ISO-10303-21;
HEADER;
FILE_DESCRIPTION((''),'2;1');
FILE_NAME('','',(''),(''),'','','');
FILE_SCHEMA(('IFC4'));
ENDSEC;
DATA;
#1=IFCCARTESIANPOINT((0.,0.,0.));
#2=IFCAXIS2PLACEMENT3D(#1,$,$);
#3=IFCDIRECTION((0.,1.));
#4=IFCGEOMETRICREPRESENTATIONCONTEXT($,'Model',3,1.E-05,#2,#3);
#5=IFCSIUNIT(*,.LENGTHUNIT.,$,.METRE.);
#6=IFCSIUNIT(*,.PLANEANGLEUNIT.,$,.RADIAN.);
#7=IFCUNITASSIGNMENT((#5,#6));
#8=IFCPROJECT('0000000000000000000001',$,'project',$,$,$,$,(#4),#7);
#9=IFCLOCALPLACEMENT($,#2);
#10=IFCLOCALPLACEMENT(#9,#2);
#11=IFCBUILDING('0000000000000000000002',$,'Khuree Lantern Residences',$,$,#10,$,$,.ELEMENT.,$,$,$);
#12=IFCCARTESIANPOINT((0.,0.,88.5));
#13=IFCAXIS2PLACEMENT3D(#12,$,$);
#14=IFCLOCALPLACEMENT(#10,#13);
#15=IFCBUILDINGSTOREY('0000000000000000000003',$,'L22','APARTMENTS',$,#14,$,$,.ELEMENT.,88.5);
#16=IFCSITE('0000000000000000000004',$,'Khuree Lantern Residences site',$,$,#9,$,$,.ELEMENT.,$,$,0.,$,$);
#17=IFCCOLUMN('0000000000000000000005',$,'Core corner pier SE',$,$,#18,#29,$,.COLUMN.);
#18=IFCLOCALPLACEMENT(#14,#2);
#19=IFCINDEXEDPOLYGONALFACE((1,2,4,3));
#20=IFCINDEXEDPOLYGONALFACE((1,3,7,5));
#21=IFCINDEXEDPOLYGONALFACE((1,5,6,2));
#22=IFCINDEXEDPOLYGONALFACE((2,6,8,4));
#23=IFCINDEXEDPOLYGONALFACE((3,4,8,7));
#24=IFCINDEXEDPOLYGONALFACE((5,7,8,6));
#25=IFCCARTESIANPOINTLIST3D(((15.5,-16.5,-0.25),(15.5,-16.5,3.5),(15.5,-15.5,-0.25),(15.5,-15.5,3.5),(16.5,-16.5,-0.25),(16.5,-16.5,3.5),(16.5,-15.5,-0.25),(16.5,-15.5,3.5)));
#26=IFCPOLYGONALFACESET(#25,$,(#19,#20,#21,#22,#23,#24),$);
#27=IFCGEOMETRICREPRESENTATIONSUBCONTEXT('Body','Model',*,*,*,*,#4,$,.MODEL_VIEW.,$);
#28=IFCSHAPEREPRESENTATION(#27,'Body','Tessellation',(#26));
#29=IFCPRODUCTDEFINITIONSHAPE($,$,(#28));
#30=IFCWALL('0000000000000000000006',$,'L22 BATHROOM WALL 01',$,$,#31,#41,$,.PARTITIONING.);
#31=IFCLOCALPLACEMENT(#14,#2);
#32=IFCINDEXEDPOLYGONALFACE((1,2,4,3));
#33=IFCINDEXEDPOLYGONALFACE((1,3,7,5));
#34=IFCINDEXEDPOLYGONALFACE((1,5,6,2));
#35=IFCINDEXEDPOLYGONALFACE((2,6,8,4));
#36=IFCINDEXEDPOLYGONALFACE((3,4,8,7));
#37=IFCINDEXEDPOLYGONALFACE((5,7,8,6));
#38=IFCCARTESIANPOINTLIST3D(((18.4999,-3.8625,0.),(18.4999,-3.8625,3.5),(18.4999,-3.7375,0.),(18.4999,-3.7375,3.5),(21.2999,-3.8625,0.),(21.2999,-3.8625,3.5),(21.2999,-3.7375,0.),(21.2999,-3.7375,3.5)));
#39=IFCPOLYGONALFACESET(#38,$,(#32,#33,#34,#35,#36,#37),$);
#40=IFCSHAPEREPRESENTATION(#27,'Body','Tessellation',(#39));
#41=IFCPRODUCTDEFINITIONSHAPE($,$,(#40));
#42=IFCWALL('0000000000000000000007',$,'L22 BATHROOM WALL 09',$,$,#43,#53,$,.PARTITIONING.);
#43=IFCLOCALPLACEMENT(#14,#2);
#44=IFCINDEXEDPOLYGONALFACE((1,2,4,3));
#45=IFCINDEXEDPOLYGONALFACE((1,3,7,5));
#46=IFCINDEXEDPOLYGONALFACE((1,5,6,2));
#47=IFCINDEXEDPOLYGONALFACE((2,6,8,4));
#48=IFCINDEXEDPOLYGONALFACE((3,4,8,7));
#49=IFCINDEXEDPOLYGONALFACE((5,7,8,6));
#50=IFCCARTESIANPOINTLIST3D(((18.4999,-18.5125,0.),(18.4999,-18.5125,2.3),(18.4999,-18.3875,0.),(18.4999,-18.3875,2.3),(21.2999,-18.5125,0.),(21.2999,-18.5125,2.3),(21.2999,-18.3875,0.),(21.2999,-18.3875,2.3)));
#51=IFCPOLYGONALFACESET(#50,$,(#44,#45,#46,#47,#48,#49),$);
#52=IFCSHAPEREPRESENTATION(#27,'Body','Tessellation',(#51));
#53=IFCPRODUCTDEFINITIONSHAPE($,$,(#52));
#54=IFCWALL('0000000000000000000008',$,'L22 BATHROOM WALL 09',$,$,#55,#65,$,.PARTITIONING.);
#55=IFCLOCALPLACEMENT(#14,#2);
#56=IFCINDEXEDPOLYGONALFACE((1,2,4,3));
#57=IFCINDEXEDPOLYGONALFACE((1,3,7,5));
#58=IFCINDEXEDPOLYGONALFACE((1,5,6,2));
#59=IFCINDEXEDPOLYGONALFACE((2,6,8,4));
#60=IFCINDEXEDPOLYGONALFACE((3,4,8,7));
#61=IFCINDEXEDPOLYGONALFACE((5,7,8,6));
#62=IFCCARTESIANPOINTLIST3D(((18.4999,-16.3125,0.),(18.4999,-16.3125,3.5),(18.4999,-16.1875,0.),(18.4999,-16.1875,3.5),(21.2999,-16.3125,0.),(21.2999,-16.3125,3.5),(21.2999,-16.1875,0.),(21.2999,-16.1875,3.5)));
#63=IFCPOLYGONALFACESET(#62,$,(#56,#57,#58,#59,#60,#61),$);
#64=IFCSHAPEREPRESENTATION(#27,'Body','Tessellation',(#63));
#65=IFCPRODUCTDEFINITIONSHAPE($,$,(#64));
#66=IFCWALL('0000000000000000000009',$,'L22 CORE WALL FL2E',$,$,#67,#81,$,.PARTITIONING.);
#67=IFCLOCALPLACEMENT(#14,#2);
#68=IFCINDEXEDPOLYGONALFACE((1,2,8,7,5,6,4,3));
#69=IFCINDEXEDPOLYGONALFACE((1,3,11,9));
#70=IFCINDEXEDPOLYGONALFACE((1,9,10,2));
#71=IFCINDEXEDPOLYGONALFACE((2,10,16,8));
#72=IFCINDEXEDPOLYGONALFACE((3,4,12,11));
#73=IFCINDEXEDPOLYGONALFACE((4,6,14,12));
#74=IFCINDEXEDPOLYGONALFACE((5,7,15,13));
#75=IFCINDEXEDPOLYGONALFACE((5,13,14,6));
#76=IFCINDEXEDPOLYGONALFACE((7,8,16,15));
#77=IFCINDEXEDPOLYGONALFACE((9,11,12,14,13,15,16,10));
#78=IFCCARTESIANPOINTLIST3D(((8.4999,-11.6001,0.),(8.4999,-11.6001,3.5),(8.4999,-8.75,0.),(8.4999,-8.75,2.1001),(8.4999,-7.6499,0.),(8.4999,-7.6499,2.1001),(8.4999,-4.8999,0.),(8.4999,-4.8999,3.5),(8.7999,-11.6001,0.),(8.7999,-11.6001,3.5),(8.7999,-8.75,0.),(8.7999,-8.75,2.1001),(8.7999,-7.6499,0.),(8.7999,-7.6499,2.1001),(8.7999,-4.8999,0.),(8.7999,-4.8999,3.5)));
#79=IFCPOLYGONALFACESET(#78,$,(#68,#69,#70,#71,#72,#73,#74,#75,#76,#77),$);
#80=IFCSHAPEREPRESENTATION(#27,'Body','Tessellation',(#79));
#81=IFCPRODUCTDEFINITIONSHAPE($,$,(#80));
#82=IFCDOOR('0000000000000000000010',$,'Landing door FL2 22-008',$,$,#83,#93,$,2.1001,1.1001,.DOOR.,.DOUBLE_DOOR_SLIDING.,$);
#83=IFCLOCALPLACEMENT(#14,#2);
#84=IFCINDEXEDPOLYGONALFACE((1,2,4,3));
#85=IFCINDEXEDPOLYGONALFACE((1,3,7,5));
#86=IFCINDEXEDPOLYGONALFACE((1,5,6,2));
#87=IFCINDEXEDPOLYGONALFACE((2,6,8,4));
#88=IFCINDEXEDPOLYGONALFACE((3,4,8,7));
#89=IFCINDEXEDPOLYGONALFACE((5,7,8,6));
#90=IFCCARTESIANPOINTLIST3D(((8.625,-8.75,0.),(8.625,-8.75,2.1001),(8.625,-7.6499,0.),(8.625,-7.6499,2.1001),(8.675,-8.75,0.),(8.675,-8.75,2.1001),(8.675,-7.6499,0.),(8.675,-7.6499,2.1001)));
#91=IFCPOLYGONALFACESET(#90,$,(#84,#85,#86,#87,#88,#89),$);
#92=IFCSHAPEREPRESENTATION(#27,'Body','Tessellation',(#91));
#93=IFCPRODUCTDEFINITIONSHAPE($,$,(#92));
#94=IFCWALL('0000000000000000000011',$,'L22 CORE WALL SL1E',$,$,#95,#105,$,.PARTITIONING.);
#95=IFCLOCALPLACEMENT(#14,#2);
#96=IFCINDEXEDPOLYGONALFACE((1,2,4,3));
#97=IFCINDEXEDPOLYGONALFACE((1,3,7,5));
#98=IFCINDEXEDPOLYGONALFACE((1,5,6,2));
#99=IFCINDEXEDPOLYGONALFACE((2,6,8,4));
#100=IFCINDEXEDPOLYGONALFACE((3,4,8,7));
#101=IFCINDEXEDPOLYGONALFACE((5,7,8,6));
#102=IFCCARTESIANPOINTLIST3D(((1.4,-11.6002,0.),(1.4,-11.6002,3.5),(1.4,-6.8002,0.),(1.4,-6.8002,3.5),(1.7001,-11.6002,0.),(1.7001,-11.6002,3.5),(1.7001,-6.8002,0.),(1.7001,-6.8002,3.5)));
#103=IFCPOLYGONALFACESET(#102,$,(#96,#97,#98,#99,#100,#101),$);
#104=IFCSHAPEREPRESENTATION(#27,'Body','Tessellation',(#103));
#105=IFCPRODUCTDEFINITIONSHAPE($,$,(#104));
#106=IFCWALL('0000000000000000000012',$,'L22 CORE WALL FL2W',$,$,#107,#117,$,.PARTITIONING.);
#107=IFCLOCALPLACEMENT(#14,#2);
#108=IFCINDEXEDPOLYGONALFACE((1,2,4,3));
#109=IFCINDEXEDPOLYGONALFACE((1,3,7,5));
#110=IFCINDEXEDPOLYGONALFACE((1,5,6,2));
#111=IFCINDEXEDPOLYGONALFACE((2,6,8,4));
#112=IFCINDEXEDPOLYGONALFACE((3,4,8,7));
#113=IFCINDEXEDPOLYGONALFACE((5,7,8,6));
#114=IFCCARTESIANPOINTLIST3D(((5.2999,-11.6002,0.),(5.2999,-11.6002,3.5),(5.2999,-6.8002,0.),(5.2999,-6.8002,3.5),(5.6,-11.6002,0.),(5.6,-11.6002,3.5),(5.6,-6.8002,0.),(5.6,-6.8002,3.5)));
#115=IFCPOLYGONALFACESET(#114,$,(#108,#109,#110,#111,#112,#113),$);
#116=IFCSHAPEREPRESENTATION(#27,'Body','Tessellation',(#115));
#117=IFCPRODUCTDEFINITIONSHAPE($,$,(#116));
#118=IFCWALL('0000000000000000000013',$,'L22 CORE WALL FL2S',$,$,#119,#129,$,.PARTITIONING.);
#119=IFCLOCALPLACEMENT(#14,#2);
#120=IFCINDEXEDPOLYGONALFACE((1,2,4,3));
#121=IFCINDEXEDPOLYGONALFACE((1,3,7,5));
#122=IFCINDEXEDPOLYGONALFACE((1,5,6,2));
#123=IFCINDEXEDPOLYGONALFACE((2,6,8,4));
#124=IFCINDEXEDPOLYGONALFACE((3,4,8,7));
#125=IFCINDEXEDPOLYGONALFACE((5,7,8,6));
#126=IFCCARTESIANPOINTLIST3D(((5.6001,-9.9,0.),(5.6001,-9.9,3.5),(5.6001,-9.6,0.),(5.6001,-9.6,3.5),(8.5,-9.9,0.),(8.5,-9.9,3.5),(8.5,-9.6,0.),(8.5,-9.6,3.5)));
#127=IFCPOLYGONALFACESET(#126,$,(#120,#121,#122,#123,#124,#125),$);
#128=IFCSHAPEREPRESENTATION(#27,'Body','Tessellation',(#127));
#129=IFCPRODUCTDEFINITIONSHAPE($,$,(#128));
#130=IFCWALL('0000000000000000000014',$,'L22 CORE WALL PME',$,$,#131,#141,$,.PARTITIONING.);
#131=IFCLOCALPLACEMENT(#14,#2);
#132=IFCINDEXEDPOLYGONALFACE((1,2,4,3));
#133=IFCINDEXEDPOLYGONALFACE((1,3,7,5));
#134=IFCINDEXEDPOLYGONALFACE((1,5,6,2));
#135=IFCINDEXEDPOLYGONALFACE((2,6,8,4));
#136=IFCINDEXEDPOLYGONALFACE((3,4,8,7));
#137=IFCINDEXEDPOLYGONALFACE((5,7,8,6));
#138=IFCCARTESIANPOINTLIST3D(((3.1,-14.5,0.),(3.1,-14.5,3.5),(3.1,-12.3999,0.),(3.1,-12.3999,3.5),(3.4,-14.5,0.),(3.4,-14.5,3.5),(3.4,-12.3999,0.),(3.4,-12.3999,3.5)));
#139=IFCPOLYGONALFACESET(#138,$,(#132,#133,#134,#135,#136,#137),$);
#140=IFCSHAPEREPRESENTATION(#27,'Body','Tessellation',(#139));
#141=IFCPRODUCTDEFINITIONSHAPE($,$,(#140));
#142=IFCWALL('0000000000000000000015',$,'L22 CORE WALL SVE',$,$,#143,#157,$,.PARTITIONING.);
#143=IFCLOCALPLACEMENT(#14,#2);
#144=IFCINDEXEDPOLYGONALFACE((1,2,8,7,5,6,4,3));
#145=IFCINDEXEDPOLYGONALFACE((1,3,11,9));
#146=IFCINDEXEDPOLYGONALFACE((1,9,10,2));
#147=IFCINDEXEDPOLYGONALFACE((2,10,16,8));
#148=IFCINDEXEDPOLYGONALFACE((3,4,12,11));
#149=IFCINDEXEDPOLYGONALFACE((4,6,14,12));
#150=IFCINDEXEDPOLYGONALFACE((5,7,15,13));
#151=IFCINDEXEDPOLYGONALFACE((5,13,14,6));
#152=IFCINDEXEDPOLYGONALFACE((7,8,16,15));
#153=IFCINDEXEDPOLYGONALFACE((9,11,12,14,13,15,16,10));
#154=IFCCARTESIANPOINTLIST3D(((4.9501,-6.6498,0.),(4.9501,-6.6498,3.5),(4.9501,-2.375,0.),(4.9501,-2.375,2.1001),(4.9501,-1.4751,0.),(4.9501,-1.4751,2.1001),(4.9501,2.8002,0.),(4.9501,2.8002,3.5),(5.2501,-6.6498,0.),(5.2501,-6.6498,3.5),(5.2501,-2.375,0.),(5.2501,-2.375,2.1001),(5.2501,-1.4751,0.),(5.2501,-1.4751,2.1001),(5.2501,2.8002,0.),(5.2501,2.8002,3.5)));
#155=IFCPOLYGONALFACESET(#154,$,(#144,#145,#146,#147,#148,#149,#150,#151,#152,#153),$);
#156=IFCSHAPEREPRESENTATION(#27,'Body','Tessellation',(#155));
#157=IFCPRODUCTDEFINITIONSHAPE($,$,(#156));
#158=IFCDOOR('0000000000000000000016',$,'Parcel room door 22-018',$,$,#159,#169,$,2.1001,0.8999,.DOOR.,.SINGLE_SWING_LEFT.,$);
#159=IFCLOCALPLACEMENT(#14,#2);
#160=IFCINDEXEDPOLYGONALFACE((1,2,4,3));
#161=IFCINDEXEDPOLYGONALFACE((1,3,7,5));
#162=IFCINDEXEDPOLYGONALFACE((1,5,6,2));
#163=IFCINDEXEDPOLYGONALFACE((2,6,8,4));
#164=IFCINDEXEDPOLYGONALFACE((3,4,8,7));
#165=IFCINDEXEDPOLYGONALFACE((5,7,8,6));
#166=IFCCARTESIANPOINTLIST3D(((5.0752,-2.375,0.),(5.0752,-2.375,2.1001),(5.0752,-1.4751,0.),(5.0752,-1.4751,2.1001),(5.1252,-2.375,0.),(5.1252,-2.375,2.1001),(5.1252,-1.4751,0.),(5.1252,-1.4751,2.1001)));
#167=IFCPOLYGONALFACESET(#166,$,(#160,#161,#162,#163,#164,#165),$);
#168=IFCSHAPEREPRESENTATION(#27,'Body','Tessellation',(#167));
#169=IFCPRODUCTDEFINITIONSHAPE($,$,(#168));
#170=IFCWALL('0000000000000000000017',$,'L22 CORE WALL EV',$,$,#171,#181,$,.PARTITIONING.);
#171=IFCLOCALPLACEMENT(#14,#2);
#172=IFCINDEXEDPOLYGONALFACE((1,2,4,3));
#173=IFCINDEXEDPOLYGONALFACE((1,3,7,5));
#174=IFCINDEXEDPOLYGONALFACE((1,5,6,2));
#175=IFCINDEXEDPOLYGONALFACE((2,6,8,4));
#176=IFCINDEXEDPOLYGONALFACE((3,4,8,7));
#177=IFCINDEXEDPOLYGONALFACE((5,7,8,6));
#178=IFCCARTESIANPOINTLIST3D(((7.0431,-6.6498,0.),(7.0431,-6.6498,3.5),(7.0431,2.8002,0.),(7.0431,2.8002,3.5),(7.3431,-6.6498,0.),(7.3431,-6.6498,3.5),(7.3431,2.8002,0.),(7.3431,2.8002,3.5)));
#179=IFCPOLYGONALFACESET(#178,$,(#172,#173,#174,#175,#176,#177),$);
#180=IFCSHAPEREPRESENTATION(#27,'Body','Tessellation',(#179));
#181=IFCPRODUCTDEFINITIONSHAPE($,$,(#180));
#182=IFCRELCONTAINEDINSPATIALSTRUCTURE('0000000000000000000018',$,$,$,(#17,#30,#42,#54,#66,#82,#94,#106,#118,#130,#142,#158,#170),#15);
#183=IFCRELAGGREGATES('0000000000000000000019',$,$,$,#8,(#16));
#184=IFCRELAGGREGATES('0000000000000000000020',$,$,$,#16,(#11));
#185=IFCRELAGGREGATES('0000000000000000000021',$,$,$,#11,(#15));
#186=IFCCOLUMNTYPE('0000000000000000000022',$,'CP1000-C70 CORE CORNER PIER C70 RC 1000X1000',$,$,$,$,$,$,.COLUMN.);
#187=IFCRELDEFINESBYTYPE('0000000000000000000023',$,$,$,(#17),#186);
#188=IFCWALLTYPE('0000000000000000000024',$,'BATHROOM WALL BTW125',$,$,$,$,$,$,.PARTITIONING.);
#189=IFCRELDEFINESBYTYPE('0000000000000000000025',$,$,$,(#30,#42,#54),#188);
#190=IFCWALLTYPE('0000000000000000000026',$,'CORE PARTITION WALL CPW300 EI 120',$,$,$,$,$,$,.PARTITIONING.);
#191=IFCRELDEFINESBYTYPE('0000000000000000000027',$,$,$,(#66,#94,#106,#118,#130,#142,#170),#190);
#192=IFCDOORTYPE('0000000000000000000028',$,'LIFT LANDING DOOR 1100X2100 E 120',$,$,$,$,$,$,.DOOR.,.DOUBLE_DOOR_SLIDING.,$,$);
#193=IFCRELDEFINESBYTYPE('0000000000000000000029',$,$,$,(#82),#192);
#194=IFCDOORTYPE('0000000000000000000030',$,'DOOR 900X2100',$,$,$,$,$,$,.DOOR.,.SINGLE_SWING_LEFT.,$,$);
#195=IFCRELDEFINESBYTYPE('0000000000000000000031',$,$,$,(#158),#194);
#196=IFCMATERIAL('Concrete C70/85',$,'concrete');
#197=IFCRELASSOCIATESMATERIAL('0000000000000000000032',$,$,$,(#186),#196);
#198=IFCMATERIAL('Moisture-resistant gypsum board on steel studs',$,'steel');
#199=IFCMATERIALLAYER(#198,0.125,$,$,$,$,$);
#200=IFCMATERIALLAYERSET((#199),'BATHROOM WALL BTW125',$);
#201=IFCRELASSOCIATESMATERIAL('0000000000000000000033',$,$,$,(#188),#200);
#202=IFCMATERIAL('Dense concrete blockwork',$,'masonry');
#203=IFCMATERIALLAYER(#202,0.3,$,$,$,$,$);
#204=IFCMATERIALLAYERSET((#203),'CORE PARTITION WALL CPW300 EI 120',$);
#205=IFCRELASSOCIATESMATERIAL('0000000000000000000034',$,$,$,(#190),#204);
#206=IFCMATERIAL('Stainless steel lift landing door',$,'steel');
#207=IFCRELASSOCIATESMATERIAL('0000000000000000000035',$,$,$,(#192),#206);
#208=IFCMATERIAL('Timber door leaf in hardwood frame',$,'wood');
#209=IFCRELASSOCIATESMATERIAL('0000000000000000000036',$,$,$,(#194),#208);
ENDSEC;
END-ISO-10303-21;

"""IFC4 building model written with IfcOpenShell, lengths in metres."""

from ifc_helpers import new_model, si_unit, direction, frame, frame_2d, origin, origin_2d, place, context, subcontext, project, spatial, rectangle, extrude, material, layer, layer_set, material_profile, profile_set, type_object, element, fill, save


model = new_model("IFC4")

# Units and contexts
model_context = context("Model", 3, precision=1e-05, world=origin(), true_north=direction((0.0, 1.0)))
body_context = subcontext(model_context, "Body", "Model", "MODEL_VIEW")
ifc_project = project(units=[si_unit("LENGTHUNIT", "METRE"), si_unit("PLANEANGLEUNIT", "RADIAN")], contexts=[model_context])

# Site, building, storey
site_placement = place(None, origin())
site = spatial("IfcSite", under=ifc_project, at=site_placement, Name="Khuree Lantern Residences site", CompositionType="ELEMENT", RefElevation=0.0)
building_placement = place(site_placement, origin())
building = spatial("IfcBuilding", under=site, at=building_placement, Name="Khuree Lantern Residences", CompositionType="ELEMENT")
storey_placement = place(building_placement, frame((0.0, 0.0, 88.5)))
storey = spatial("IfcBuildingStorey", under=building, at=storey_placement, Name="L22", Description="APARTMENTS", CompositionType="ELEMENT", Elevation=88.5)

# Column
ifc_material_1 = material(Name="Concrete C70/85", Category="concrete")
ifc_material_profile = material_profile(ifc_material_1, rectangle(XDim=1.0, YDim=1.0, at=origin_2d()), Name="RC 1000X1000")
ifc_profile_set = profile_set([ifc_material_profile], Name="Concrete C70/85")
column_type = type_object("IfcColumnType", Name="CP1000-C70 CORE CORNER PIER C70 RC 1000X1000", PredefinedType="COLUMN", material=ifc_profile_set)
column_placement = place(storey_placement, frame((16.0, -16.0, -0.25), z_axis=(0.0, 0.0, 1.0), x_axis=(1.0, 0.0, 0.0)))
element("IfcColumn", 1, at=column_placement, inside=storey, type_object=column_type, Name="Core corner pier SE", PredefinedType="COLUMN", context=body_context, shape_type="SweptSolid", body=[
    extrude(rectangle(XDim=1.0, YDim=1.0, at=origin_2d()), origin(), (0.0, 0.0, 1.0), 3.75),
])

# Walls
ifc_material_2 = material(Name="Moisture-resistant gypsum board on steel studs", Category="steel")
ifc_layer_1 = layer(ifc_material_2, 0.125)
ifc_layer_set_1 = layer_set([ifc_layer_1], Name="BATHROOM WALL BTW125")
wall_type_1 = type_object("IfcWallType", Name="BATHROOM WALL BTW125", PredefinedType="PARTITIONING", material=ifc_layer_set_1)
wall_1_placement = place(storey_placement, frame((18.5, -3.8, 0.0), z_axis=(0.0, 0.0, 1.0), x_axis=(1.0, 0.0, 0.0)))
element("IfcWall", 2, at=wall_1_placement, inside=storey, type_object=wall_type_1, Name="L22 BATHROOM WALL 01", PredefinedType="PARTITIONING", context=body_context, shape_type="SweptSolid", body=[
    extrude(rectangle(XDim=2.8, YDim=0.125, at=frame_2d((1.3999, 0.0))), origin(), (0.0, 0.0, 1.0), 3.5),
])
wall_2_placement = place(storey_placement, frame((18.5, -18.45, 0.0), z_axis=(0.0, 0.0, 1.0), x_axis=(1.0, 0.0, 0.0)))
element("IfcWall", 3, at=wall_2_placement, inside=storey, type_object=wall_type_1, Name="L22 BATHROOM WALL 09", PredefinedType="PARTITIONING", context=body_context, shape_type="SweptSolid", body=[
    extrude(rectangle(XDim=2.8, YDim=0.125, at=frame_2d((1.3999, 0.0))), origin(), (0.0, 0.0, 1.0), 2.3),
])
wall_3_placement = place(storey_placement, frame((18.5, -16.25, 0.0), z_axis=(0.0, 0.0, 1.0), x_axis=(1.0, 0.0, 0.0)))
element("IfcWall", 4, at=wall_3_placement, inside=storey, type_object=wall_type_1, Name="L22 BATHROOM WALL 09", PredefinedType="PARTITIONING", context=body_context, shape_type="SweptSolid", body=[
    extrude(rectangle(XDim=2.8, YDim=0.125, at=frame_2d((1.3999, 0.0))), origin(), (0.0, 0.0, 1.0), 3.5),
])

# Wall, opening, door
ifc_material_3 = material(Name="Dense concrete blockwork", Category="masonry")
ifc_layer_2 = layer(ifc_material_3, 0.3)
ifc_layer_set_2 = layer_set([ifc_layer_2], Name="CORE PARTITION WALL CPW300 EI 120")
wall_type_2 = type_object("IfcWallType", Name="CORE PARTITION WALL CPW300 EI 120", PredefinedType="PARTITIONING", material=ifc_layer_set_2)
wall_4_placement = place(storey_placement, frame((8.6499, -11.6001, 0.0), z_axis=(0.0, 0.0, 1.0), x_axis=(0.0, 1.0, 0.0)))
wall_4 = element("IfcWall", 5, at=wall_4_placement, inside=storey, type_object=wall_type_2, Name="L22 CORE WALL FL2E", PredefinedType="PARTITIONING", context=body_context, shape_type="SweptSolid", body=[
    extrude(rectangle(XDim=6.7002, YDim=0.3, at=frame_2d((3.3501, 0.0))), origin(), (0.0, 0.0, 1.0), 3.5),
])
opening_1_placement = place(wall_4_placement, frame((2.8501, 0.0, 0.0)))
opening_1 = element("IfcOpeningElement", 6, at=opening_1_placement, cuts=wall_4, PredefinedType="OPENING", context=body_context, shape_type="SweptSolid", body=[
    extrude(rectangle(XDim=1.1001, YDim=2.1001, at=frame_2d((0.55, 1.05))), frame((0.0, 0.1602, 0.0), z_axis=(0.0, -1.0, 0.0), x_axis=(1.0, 0.0, 0.0)), (0.0, 0.0, 1.0), 0.3201),
])
ifc_material_4 = material(Name="Stainless steel lift landing door", Category="steel")
door_type_1 = type_object("IfcDoorType", Name="LIFT LANDING DOOR 1100X2100 E 120", OperationType="DOUBLE_DOOR_SLIDING", PredefinedType="DOOR", material=ifc_material_4)
door_1_placement = place(opening_1_placement, origin())
door_1 = element("IfcDoor", 7, at=door_1_placement, inside=storey, type_object=door_type_1, Name="Landing door FL2 22-008", OperationType="DOUBLE_DOOR_SLIDING", OverallHeight=2.1001, OverallWidth=1.1001, PredefinedType="DOOR", context=body_context, shape_type="SweptSolid", body=[
    extrude(rectangle(XDim=1.1001, YDim=2.1001, at=frame_2d((0.55, 1.05))), frame((0.0, 0.0249, 0.0), z_axis=(0.0, -1.0, 0.0), x_axis=(1.0, 0.0, 0.0)), (0.0, 0.0, 1.0), 0.05),
])
fill(opening_1, door_1)

# Walls
for number, where, z_axis, x_axis, name in (
    (8, (1.55, -11.6001, 0.0), (0.0, 0.0, 1.0), (0.0, 1.0, 0.0), "L22 CORE WALL SL1E"),
    (9, (5.45, -11.6001, 0.0), (0.0, 0.0, 1.0), (0.0, 1.0, 0.0), "L22 CORE WALL FL2W"),
):
    element("IfcWall", number, at=place(storey_placement, frame(where, z_axis=z_axis, x_axis=x_axis)), inside=storey, type_object=wall_type_2, Name=name, PredefinedType="PARTITIONING", context=body_context, shape_type="SweptSolid", body=[
        extrude(rectangle(XDim=4.8, YDim=0.3, at=frame_2d((2.3999, 0.0))), origin(), (0.0, 0.0, 1.0), 3.5),
    ])
wall_5_placement = place(storey_placement, frame((5.6001, -9.75, 0.0), z_axis=(0.0, 0.0, 1.0), x_axis=(1.0, 0.0, 0.0)))
element("IfcWall", 10, at=wall_5_placement, inside=storey, type_object=wall_type_2, Name="L22 CORE WALL FL2S", PredefinedType="PARTITIONING", context=body_context, shape_type="SweptSolid", body=[
    extrude(rectangle(XDim=2.8999, YDim=0.3, at=frame_2d((1.45, 0.0))), origin(), (0.0, 0.0, 1.0), 3.5),
])
wall_6_placement = place(storey_placement, frame((3.25, -14.5, 0.0), z_axis=(0.0, 0.0, 1.0), x_axis=(0.0, 1.0, 0.0)))
element("IfcWall", 11, at=wall_6_placement, inside=storey, type_object=wall_type_2, Name="L22 CORE WALL PME", PredefinedType="PARTITIONING", context=body_context, shape_type="SweptSolid", body=[
    extrude(rectangle(XDim=2.1001, YDim=0.3, at=frame_2d((1.05, 0.0))), origin(), (0.0, 0.0, 1.0), 3.5),
])

# Wall, opening, door
wall_7_placement = place(storey_placement, frame((5.1001, -6.6499, 0.0), z_axis=(0.0, 0.0, 1.0), x_axis=(0.0, 1.0, 0.0)))
wall_7 = element("IfcWall", 12, at=wall_7_placement, inside=storey, type_object=wall_type_2, Name="L22 CORE WALL SVE", PredefinedType="PARTITIONING", context=body_context, shape_type="SweptSolid", body=[
    extrude(rectangle(XDim=9.45, YDim=0.3, at=frame_2d((4.7251, 0.0))), origin(), (0.0, 0.0, 1.0), 3.5),
])
opening_2_placement = place(wall_7_placement, frame((4.2749, 0.0, 0.0)))
opening_2 = element("IfcOpeningElement", 13, at=opening_2_placement, cuts=wall_7, PredefinedType="OPENING", context=body_context, shape_type="SweptSolid", body=[
    extrude(rectangle(XDim=0.8999, YDim=2.1001, at=frame_2d((0.45, 1.05))), frame((0.0, 0.1602, 0.0), z_axis=(0.0, -1.0, 0.0), x_axis=(1.0, 0.0, 0.0)), (0.0, 0.0, 1.0), 0.3201),
])
ifc_material_5 = material(Name="Timber door leaf in hardwood frame", Category="wood")
door_type_2 = type_object("IfcDoorType", Name="DOOR 900X2100", OperationType="SINGLE_SWING_LEFT", PredefinedType="DOOR", material=ifc_material_5)
door_2_placement = place(opening_2_placement, origin())
door_2 = element("IfcDoor", 14, at=door_2_placement, inside=storey, type_object=door_type_2, Name="Parcel room door 22-018", OperationType="SINGLE_SWING_LEFT", OverallHeight=2.1001, OverallWidth=0.8999, PredefinedType="DOOR", context=body_context, shape_type="SweptSolid", body=[
    extrude(rectangle(XDim=0.8999, YDim=2.1001, at=frame_2d((0.45, 1.05))), frame((0.0, 0.0249, 0.0), z_axis=(0.0, -1.0, 0.0), x_axis=(1.0, 0.0, 0.0)), (0.0, 0.0, 1.0), 0.05),
])
fill(opening_2, door_2)

# Wall
wall_8_placement = place(storey_placement, frame((7.1931, -6.6499, 0.0), z_axis=(0.0, 0.0, 1.0), x_axis=(0.0, 1.0, 0.0)))
element("IfcWall", 15, at=wall_8_placement, inside=storey, type_object=wall_type_2, Name="L22 CORE WALL EV", PredefinedType="PARTITIONING", context=body_context, shape_type="SweptSolid", body=[
    extrude(rectangle(XDim=9.45, YDim=0.3, at=frame_2d((4.7251, 0.0))), origin(), (0.0, 0.0, 1.0), 3.5),
])

save(model, "model.ifc")
